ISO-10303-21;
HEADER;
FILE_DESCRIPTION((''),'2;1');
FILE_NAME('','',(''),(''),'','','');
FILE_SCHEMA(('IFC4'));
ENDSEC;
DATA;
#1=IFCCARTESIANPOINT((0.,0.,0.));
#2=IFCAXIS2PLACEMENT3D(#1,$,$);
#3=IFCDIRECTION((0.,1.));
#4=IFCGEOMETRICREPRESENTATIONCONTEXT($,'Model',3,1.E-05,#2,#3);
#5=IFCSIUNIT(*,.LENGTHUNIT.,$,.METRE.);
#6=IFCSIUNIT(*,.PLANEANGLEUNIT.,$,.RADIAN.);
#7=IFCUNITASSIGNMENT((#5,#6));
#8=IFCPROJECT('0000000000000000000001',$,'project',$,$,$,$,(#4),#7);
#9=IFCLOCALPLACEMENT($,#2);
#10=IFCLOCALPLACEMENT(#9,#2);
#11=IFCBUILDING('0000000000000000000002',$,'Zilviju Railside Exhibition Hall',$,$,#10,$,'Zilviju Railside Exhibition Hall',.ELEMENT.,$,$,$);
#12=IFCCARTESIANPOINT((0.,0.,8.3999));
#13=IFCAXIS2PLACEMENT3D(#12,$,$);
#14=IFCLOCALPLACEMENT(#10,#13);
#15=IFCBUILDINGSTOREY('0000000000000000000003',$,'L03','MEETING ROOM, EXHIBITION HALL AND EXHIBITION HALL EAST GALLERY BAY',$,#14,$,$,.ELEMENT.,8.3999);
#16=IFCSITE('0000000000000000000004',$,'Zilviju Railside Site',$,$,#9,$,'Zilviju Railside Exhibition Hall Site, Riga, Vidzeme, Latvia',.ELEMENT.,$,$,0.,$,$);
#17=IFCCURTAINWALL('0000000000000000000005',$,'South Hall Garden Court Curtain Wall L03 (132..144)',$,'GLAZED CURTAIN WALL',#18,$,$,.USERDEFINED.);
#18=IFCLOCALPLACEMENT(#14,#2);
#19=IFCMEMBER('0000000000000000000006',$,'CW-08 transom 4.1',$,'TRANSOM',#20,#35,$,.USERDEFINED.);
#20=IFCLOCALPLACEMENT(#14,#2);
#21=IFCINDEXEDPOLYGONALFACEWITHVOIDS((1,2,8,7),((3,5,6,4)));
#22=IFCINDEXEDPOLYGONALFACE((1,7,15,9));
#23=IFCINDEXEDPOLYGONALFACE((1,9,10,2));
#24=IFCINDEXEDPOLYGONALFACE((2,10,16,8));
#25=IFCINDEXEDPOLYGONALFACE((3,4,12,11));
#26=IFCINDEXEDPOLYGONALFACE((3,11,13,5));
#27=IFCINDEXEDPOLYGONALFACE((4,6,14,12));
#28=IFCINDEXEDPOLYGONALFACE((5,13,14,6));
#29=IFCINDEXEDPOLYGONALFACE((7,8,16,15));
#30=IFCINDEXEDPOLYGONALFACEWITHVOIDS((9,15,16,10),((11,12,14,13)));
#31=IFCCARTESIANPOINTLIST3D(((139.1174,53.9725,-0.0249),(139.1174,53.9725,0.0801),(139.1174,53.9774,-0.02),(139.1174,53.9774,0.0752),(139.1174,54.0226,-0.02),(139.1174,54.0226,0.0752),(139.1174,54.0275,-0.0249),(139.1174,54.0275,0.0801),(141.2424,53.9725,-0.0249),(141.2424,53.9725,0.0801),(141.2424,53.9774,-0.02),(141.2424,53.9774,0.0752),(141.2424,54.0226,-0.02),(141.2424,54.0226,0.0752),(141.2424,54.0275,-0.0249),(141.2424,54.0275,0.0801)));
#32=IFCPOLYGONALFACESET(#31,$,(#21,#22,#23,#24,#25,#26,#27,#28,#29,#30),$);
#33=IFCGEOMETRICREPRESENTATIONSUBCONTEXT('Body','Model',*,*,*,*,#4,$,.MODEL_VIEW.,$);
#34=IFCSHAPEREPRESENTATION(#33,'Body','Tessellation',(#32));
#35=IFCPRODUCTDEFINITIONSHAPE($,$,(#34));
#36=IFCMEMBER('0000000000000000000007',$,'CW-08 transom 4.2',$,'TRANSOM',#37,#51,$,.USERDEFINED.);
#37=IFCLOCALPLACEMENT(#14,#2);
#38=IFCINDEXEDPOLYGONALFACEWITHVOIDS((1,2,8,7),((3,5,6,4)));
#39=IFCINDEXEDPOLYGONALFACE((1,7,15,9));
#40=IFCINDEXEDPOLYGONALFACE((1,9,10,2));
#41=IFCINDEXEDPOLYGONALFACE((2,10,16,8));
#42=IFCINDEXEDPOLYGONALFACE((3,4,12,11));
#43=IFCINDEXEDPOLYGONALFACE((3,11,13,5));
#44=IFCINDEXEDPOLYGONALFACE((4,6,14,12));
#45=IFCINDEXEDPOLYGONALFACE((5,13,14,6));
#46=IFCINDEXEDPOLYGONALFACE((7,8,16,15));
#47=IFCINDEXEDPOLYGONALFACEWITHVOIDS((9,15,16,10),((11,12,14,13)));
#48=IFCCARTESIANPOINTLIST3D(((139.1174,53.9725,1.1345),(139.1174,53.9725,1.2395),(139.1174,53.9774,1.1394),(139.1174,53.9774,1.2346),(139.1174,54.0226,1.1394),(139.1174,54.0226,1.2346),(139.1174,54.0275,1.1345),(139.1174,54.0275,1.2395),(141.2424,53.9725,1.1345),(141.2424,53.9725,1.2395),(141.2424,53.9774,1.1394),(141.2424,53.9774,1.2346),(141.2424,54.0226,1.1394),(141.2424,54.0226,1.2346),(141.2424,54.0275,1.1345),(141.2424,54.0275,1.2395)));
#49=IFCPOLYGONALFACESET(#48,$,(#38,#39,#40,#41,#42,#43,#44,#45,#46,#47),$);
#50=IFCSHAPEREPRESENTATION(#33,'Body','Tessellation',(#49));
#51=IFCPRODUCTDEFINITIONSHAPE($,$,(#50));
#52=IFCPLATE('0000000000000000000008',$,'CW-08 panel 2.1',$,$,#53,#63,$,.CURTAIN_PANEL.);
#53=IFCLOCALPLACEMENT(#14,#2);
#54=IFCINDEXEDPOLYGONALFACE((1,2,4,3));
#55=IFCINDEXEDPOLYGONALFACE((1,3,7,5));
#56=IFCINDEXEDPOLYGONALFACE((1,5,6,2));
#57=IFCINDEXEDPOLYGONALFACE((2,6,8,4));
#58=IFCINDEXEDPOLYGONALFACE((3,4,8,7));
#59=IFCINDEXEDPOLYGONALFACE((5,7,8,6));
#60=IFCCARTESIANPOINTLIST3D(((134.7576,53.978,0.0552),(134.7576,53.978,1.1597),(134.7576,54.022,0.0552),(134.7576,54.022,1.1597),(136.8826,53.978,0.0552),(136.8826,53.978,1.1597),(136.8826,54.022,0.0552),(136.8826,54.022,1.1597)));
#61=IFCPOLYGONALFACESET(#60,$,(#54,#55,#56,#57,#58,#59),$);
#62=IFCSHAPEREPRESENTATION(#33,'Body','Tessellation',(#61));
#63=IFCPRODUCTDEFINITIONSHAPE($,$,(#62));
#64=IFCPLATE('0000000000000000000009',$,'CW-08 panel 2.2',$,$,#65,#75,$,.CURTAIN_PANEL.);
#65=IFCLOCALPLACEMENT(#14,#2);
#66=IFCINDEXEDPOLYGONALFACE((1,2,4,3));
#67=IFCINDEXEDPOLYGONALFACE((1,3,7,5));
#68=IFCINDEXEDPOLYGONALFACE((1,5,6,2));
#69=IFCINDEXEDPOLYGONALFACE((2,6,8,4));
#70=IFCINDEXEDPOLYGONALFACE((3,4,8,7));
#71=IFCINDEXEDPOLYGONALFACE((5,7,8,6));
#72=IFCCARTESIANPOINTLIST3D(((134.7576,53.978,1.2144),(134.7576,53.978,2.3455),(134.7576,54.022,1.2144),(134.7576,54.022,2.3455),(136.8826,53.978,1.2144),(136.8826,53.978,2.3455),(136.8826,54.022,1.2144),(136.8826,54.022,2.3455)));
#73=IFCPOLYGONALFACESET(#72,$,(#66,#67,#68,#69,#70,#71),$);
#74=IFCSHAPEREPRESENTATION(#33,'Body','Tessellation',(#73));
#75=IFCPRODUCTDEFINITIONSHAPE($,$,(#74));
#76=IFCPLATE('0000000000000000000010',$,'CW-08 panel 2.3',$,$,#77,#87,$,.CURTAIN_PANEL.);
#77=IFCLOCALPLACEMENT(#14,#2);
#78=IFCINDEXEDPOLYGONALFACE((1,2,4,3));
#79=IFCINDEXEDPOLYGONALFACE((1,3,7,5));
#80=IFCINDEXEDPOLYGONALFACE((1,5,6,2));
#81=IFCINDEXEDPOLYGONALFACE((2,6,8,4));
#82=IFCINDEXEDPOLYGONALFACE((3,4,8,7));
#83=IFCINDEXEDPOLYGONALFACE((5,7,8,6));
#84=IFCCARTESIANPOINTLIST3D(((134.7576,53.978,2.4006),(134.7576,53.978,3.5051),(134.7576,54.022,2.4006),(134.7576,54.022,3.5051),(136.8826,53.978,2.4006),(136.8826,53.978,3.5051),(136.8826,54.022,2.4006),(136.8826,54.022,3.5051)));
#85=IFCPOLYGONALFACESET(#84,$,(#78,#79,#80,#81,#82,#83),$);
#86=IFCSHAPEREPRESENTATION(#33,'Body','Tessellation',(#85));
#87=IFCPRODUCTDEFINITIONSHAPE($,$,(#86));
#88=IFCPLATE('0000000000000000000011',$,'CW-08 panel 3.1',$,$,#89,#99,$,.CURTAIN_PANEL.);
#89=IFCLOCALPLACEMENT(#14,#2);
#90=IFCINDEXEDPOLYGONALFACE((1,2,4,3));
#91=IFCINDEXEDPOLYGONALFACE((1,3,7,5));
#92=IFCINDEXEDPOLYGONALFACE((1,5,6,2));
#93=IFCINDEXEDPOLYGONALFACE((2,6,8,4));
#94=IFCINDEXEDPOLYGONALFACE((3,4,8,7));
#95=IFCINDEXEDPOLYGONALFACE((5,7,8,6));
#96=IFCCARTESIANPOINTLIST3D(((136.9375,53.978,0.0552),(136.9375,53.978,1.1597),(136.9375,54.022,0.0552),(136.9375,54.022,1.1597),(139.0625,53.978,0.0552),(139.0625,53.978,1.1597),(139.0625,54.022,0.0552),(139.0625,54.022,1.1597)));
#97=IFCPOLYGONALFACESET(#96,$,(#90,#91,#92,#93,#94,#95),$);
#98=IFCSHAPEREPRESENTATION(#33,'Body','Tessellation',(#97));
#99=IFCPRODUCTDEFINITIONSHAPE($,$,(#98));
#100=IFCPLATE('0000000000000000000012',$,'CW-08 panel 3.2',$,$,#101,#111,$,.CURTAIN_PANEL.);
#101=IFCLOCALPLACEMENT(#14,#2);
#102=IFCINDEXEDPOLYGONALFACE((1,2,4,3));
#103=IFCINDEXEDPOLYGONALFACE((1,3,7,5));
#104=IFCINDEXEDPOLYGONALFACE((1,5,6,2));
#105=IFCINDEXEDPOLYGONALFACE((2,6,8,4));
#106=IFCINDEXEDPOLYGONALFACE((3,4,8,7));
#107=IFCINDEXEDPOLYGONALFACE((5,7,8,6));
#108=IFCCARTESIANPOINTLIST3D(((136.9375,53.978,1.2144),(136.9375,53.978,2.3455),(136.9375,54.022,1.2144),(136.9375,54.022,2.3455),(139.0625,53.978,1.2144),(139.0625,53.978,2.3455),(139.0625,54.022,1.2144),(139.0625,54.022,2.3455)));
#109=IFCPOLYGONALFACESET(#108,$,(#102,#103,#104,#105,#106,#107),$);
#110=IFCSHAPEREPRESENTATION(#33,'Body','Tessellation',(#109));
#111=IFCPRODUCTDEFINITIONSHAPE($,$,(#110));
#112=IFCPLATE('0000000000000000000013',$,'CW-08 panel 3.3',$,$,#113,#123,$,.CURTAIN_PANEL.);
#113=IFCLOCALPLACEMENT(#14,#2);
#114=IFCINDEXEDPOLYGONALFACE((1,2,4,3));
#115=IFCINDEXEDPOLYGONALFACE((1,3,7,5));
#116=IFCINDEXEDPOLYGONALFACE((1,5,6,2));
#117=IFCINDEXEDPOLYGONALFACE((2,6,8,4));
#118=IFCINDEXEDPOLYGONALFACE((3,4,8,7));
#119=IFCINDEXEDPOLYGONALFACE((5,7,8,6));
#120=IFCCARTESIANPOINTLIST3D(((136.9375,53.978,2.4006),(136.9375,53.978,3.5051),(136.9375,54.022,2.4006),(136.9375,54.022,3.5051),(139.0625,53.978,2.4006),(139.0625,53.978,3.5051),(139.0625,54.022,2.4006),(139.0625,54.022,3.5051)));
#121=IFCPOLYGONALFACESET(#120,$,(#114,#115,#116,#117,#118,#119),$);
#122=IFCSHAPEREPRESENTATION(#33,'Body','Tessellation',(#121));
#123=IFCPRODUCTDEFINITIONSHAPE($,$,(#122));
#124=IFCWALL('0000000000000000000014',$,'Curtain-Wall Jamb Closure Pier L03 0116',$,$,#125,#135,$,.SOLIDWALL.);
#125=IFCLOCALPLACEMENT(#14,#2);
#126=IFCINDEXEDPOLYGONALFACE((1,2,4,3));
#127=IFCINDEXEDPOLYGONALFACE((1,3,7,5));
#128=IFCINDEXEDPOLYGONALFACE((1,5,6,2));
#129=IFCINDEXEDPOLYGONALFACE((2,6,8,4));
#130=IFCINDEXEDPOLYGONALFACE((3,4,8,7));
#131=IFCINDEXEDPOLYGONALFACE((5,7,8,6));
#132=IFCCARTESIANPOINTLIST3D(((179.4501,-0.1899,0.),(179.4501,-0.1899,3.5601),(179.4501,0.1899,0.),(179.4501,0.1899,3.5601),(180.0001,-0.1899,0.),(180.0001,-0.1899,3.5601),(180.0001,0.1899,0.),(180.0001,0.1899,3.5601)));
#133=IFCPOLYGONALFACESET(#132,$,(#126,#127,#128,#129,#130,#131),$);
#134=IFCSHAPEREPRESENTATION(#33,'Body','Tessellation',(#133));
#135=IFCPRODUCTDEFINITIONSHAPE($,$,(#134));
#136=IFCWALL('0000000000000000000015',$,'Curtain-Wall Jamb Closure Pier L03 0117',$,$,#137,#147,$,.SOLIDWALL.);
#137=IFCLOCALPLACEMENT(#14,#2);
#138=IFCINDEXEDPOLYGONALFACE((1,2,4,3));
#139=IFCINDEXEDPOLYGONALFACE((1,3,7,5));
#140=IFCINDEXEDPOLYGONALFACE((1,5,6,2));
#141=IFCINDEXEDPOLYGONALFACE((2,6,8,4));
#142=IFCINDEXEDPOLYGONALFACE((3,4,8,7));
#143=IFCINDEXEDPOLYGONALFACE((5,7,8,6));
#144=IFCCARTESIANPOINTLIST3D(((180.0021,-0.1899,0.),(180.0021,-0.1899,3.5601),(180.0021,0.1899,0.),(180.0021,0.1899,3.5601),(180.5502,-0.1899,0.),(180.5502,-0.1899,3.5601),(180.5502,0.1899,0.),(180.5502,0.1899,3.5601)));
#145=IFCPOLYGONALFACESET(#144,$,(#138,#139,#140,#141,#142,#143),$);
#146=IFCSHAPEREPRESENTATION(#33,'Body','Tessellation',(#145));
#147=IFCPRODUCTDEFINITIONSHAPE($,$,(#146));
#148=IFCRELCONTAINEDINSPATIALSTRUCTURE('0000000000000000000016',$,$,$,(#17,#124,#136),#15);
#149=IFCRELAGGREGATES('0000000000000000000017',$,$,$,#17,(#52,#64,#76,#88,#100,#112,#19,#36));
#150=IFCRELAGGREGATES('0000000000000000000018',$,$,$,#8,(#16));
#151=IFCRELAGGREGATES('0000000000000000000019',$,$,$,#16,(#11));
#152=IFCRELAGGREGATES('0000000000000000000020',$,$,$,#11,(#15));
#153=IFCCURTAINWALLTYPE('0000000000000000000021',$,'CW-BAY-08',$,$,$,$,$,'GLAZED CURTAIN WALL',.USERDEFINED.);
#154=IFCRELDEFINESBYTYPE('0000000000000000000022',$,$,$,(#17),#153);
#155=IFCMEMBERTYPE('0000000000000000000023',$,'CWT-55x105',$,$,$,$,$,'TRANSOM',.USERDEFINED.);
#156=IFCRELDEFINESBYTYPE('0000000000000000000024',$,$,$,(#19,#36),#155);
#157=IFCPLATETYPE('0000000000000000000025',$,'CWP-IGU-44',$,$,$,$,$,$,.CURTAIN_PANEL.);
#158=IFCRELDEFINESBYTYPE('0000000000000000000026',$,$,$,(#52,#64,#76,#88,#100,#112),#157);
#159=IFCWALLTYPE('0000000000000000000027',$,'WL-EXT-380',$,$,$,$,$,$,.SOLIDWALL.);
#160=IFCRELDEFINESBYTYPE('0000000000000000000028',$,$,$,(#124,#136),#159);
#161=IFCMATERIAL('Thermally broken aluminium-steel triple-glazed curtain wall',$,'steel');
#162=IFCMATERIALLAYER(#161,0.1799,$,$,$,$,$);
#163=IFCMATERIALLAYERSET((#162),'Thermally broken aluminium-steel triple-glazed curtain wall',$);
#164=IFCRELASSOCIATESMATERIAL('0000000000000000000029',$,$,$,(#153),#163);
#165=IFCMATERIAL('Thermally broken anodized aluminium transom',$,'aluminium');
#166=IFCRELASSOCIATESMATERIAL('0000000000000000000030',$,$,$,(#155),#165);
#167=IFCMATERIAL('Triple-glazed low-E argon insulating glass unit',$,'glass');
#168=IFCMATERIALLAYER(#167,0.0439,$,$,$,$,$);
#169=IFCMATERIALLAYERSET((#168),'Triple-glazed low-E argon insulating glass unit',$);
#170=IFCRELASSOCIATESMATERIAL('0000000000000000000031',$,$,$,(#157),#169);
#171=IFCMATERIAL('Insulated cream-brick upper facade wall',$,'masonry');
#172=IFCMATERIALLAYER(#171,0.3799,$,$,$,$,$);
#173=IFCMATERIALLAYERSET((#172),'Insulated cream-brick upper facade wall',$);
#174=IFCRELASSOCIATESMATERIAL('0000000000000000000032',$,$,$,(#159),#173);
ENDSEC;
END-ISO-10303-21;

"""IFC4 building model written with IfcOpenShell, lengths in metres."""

from ifc_helpers import new_model, si_unit, direction, frame, frame_2d, origin, origin_2d, place, context, subcontext, project, spatial, rectangle, hollow_rectangle, extrude, material, layer, layer_set, material_profile, profile_set, type_object, element, aggregate, save


model = new_model("IFC4")

# Units and contexts
model_context = context("Model", 3, precision=1e-05, world=origin(), true_north=direction((0.0, 1.0)))
body_context = subcontext(model_context, "Body", "Model", "MODEL_VIEW")
ifc_project = project(units=[si_unit("LENGTHUNIT", "METRE"), si_unit("PLANEANGLEUNIT", "RADIAN")], contexts=[model_context])

# Site, building, storey
site_placement = place(None, origin())
site = spatial("IfcSite", under=ifc_project, at=site_placement, Name="Zilviju Railside Site", LongName="Zilviju Railside Exhibition Hall Site, Riga, Vidzeme, Latvia", CompositionType="ELEMENT", RefElevation=0.0)
building_placement = place(site_placement, origin())
building = spatial("IfcBuilding", under=site, at=building_placement, Name="Zilviju Railside Exhibition Hall", LongName="Zilviju Railside Exhibition Hall", CompositionType="ELEMENT")
storey_placement = place(building_placement, frame((0.0, 0.0, 8.3999)))
storey = spatial("IfcBuildingStorey", under=building, at=storey_placement, Name="L03", Description="MEETING ROOM, EXHIBITION HALL AND EXHIBITION HALL EAST GALLERY BAY", CompositionType="ELEMENT", Elevation=8.3999)

# Curtain wall, members, plates
ifc_material_1 = material(Name="Thermally broken aluminium-steel triple-glazed curtain wall", Category="steel")
ifc_layer_1 = layer(ifc_material_1, 0.1799)
ifc_layer_set_1 = layer_set([ifc_layer_1], Name="Thermally broken aluminium-steel triple-glazed curtain wall")
curtain_wall_type = type_object("IfcCurtainWallType", Name="CW-BAY-08", ElementType="GLAZED CURTAIN WALL", PredefinedType="USERDEFINED", material=ifc_layer_set_1)
curtain_wall_placement = place(storey_placement, origin())
curtain_wall = element("IfcCurtainWall", 1, at=curtain_wall_placement, inside=storey, type_object=curtain_wall_type, Name="South Hall Garden Court Curtain Wall L03 (132..144)", ObjectType="GLAZED CURTAIN WALL", PredefinedType="USERDEFINED")
ifc_material_2 = material(Name="Thermally broken anodized aluminium transom", Category="aluminium")
ifc_material_profile_1 = material_profile(ifc_material_2, hollow_rectangle(XDim=0.0549, YDim=0.105, WallThickness=0.0049, at=origin_2d()), Name="TRANSOM 105x55x5")
ifc_profile_set_1 = profile_set([ifc_material_profile_1], Name="Thermally broken anodized aluminium transom")
member_type_1 = type_object("IfcMemberType", Name="CWT-55x105", ElementType="TRANSOM", PredefinedType="USERDEFINED", material=ifc_profile_set_1)
member_1_placement = place(storey_placement, frame((139.1174, 54.0, 0.0276), z_axis=(1.0, 0.0, 0.0), x_axis=(0.0, 1.0, 0.0)))
member_1 = element("IfcMember", 2, at=member_1_placement, type_object=member_type_1, Name="CW-08 transom 4.1", ObjectType="TRANSOM", PredefinedType="USERDEFINED", context=body_context, shape_type="SweptSolid", body=[
    extrude(hollow_rectangle(XDim=0.0549, YDim=0.105, WallThickness=0.0049, at=origin_2d()), origin(), (0.0, 0.0, 1.0), 2.125),
])
member_2_placement = place(storey_placement, frame((139.1174, 54.0, 1.187), z_axis=(1.0, 0.0, 0.0), x_axis=(0.0, 1.0, 0.0)))
member_2 = element("IfcMember", 3, at=member_2_placement, type_object=member_type_1, Name="CW-08 transom 4.2", ObjectType="TRANSOM", PredefinedType="USERDEFINED", context=body_context, shape_type="SweptSolid", body=[
    extrude(hollow_rectangle(XDim=0.0549, YDim=0.105, WallThickness=0.0049, at=origin_2d()), origin(), (0.0, 0.0, 1.0), 2.125),
])
ifc_material_3 = material(Name="Triple-glazed low-E argon insulating glass unit", Category="glass")
ifc_layer_2 = layer(ifc_material_3, 0.0439)
ifc_layer_set_2 = layer_set([ifc_layer_2], Name="Triple-glazed low-E argon insulating glass unit")
plate_type = type_object("IfcPlateType", Name="CWP-IGU-44", PredefinedType="CURTAIN_PANEL", material=ifc_layer_set_2)
plate_1_placement = place(storey_placement, frame((135.8201, 54.0, 0.0552), z_axis=(0.0, 0.0, 1.0), x_axis=(1.0, 0.0, 0.0)))
plate_1 = element("IfcPlate", 4, at=plate_1_placement, type_object=plate_type, Name="CW-08 panel 2.1", PredefinedType="CURTAIN_PANEL", context=body_context, shape_type="SweptSolid", body=[
    extrude(rectangle(XDim=2.125, YDim=0.0439, at=origin_2d()), origin(), (0.0, 0.0, 1.0), 1.1045),
])
plate_2_placement = place(storey_placement, frame((135.8201, 54.0, 1.2144), z_axis=(0.0, 0.0, 1.0), x_axis=(1.0, 0.0, 0.0)))
plate_2 = element("IfcPlate", 5, at=plate_2_placement, type_object=plate_type, Name="CW-08 panel 2.2", PredefinedType="CURTAIN_PANEL", context=body_context, shape_type="SweptSolid", body=[
    extrude(rectangle(XDim=2.125, YDim=0.0439, at=origin_2d()), origin(), (0.0, 0.0, 1.0), 1.1311),
])
plate_3_placement = place(storey_placement, frame((135.8201, 54.0, 2.4006), z_axis=(0.0, 0.0, 1.0), x_axis=(1.0, 0.0, 0.0)))
plate_3 = element("IfcPlate", 6, at=plate_3_placement, type_object=plate_type, Name="CW-08 panel 2.3", PredefinedType="CURTAIN_PANEL", context=body_context, shape_type="SweptSolid", body=[
    extrude(rectangle(XDim=2.125, YDim=0.0439, at=origin_2d()), origin(), (0.0, 0.0, 1.0), 1.1045),
])
plate_4_placement = place(storey_placement, frame((138.0, 54.0, 0.0552), z_axis=(0.0, 0.0, 1.0), x_axis=(1.0, 0.0, 0.0)))
plate_4 = element("IfcPlate", 7, at=plate_4_placement, type_object=plate_type, Name="CW-08 panel 3.1", PredefinedType="CURTAIN_PANEL", context=body_context, shape_type="SweptSolid", body=[
    extrude(rectangle(XDim=2.125, YDim=0.0439, at=origin_2d()), origin(), (0.0, 0.0, 1.0), 1.1045),
])
plate_5_placement = place(storey_placement, frame((138.0, 54.0, 1.2144), z_axis=(0.0, 0.0, 1.0), x_axis=(1.0, 0.0, 0.0)))
plate_5 = element("IfcPlate", 8, at=plate_5_placement, type_object=plate_type, Name="CW-08 panel 3.2", PredefinedType="CURTAIN_PANEL", context=body_context, shape_type="SweptSolid", body=[
    extrude(rectangle(XDim=2.125, YDim=0.0439, at=origin_2d()), origin(), (0.0, 0.0, 1.0), 1.1311),
])
plate_6_placement = place(storey_placement, frame((138.0, 54.0, 2.4006), z_axis=(0.0, 0.0, 1.0), x_axis=(1.0, 0.0, 0.0)))
plate_6 = element("IfcPlate", 9, at=plate_6_placement, type_object=plate_type, Name="CW-08 panel 3.3", PredefinedType="CURTAIN_PANEL", context=body_context, shape_type="SweptSolid", body=[
    extrude(rectangle(XDim=2.125, YDim=0.0439, at=origin_2d()), origin(), (0.0, 0.0, 1.0), 1.1045),
])
aggregate(curtain_wall, [plate_1, plate_2, plate_3, plate_4, plate_5, plate_6, member_1, member_2])

# Walls
ifc_material_4 = material(Name="Insulated cream-brick upper facade wall", Category="masonry")
ifc_layer_3 = layer(ifc_material_4, 0.3799)
ifc_layer_set_3 = layer_set([ifc_layer_3], Name="Insulated cream-brick upper facade wall")
wall_type = type_object("IfcWallType", Name="WL-EXT-380", PredefinedType="SOLIDWALL", material=ifc_layer_set_3)
wall_1_placement = place(storey_placement, frame((180.0, 0.0, 0.0), z_axis=(0.0, 0.0, 1.0), x_axis=(-1.0, 0.0, 0.0)))
element("IfcWall", 10, at=wall_1_placement, inside=storey, type_object=wall_type, Name="Curtain-Wall Jamb Closure Pier L03 0116", PredefinedType="SOLIDWALL", context=body_context, shape_type="SweptSolid", body=[
    extrude(rectangle(XDim=0.55, YDim=0.3799, at=frame_2d((0.2749, 0.0))), origin(), (0.0, 0.0, 1.0), 3.5601),
])
wall_2_placement = place(storey_placement, frame((180.55, 0.0, 0.0), z_axis=(0.0, 0.0, 1.0), x_axis=(-1.0, 0.0, 0.0)))
element("IfcWall", 11, at=wall_2_placement, inside=storey, type_object=wall_type, Name="Curtain-Wall Jamb Closure Pier L03 0117", PredefinedType="SOLIDWALL", context=body_context, shape_type="SweptSolid", body=[
    extrude(rectangle(XDim=0.5481, YDim=0.3799, at=frame_2d((0.2739, 0.0))), origin(), (0.0, 0.0, 1.0), 3.5601),
])

save(model, "model.ifc")
